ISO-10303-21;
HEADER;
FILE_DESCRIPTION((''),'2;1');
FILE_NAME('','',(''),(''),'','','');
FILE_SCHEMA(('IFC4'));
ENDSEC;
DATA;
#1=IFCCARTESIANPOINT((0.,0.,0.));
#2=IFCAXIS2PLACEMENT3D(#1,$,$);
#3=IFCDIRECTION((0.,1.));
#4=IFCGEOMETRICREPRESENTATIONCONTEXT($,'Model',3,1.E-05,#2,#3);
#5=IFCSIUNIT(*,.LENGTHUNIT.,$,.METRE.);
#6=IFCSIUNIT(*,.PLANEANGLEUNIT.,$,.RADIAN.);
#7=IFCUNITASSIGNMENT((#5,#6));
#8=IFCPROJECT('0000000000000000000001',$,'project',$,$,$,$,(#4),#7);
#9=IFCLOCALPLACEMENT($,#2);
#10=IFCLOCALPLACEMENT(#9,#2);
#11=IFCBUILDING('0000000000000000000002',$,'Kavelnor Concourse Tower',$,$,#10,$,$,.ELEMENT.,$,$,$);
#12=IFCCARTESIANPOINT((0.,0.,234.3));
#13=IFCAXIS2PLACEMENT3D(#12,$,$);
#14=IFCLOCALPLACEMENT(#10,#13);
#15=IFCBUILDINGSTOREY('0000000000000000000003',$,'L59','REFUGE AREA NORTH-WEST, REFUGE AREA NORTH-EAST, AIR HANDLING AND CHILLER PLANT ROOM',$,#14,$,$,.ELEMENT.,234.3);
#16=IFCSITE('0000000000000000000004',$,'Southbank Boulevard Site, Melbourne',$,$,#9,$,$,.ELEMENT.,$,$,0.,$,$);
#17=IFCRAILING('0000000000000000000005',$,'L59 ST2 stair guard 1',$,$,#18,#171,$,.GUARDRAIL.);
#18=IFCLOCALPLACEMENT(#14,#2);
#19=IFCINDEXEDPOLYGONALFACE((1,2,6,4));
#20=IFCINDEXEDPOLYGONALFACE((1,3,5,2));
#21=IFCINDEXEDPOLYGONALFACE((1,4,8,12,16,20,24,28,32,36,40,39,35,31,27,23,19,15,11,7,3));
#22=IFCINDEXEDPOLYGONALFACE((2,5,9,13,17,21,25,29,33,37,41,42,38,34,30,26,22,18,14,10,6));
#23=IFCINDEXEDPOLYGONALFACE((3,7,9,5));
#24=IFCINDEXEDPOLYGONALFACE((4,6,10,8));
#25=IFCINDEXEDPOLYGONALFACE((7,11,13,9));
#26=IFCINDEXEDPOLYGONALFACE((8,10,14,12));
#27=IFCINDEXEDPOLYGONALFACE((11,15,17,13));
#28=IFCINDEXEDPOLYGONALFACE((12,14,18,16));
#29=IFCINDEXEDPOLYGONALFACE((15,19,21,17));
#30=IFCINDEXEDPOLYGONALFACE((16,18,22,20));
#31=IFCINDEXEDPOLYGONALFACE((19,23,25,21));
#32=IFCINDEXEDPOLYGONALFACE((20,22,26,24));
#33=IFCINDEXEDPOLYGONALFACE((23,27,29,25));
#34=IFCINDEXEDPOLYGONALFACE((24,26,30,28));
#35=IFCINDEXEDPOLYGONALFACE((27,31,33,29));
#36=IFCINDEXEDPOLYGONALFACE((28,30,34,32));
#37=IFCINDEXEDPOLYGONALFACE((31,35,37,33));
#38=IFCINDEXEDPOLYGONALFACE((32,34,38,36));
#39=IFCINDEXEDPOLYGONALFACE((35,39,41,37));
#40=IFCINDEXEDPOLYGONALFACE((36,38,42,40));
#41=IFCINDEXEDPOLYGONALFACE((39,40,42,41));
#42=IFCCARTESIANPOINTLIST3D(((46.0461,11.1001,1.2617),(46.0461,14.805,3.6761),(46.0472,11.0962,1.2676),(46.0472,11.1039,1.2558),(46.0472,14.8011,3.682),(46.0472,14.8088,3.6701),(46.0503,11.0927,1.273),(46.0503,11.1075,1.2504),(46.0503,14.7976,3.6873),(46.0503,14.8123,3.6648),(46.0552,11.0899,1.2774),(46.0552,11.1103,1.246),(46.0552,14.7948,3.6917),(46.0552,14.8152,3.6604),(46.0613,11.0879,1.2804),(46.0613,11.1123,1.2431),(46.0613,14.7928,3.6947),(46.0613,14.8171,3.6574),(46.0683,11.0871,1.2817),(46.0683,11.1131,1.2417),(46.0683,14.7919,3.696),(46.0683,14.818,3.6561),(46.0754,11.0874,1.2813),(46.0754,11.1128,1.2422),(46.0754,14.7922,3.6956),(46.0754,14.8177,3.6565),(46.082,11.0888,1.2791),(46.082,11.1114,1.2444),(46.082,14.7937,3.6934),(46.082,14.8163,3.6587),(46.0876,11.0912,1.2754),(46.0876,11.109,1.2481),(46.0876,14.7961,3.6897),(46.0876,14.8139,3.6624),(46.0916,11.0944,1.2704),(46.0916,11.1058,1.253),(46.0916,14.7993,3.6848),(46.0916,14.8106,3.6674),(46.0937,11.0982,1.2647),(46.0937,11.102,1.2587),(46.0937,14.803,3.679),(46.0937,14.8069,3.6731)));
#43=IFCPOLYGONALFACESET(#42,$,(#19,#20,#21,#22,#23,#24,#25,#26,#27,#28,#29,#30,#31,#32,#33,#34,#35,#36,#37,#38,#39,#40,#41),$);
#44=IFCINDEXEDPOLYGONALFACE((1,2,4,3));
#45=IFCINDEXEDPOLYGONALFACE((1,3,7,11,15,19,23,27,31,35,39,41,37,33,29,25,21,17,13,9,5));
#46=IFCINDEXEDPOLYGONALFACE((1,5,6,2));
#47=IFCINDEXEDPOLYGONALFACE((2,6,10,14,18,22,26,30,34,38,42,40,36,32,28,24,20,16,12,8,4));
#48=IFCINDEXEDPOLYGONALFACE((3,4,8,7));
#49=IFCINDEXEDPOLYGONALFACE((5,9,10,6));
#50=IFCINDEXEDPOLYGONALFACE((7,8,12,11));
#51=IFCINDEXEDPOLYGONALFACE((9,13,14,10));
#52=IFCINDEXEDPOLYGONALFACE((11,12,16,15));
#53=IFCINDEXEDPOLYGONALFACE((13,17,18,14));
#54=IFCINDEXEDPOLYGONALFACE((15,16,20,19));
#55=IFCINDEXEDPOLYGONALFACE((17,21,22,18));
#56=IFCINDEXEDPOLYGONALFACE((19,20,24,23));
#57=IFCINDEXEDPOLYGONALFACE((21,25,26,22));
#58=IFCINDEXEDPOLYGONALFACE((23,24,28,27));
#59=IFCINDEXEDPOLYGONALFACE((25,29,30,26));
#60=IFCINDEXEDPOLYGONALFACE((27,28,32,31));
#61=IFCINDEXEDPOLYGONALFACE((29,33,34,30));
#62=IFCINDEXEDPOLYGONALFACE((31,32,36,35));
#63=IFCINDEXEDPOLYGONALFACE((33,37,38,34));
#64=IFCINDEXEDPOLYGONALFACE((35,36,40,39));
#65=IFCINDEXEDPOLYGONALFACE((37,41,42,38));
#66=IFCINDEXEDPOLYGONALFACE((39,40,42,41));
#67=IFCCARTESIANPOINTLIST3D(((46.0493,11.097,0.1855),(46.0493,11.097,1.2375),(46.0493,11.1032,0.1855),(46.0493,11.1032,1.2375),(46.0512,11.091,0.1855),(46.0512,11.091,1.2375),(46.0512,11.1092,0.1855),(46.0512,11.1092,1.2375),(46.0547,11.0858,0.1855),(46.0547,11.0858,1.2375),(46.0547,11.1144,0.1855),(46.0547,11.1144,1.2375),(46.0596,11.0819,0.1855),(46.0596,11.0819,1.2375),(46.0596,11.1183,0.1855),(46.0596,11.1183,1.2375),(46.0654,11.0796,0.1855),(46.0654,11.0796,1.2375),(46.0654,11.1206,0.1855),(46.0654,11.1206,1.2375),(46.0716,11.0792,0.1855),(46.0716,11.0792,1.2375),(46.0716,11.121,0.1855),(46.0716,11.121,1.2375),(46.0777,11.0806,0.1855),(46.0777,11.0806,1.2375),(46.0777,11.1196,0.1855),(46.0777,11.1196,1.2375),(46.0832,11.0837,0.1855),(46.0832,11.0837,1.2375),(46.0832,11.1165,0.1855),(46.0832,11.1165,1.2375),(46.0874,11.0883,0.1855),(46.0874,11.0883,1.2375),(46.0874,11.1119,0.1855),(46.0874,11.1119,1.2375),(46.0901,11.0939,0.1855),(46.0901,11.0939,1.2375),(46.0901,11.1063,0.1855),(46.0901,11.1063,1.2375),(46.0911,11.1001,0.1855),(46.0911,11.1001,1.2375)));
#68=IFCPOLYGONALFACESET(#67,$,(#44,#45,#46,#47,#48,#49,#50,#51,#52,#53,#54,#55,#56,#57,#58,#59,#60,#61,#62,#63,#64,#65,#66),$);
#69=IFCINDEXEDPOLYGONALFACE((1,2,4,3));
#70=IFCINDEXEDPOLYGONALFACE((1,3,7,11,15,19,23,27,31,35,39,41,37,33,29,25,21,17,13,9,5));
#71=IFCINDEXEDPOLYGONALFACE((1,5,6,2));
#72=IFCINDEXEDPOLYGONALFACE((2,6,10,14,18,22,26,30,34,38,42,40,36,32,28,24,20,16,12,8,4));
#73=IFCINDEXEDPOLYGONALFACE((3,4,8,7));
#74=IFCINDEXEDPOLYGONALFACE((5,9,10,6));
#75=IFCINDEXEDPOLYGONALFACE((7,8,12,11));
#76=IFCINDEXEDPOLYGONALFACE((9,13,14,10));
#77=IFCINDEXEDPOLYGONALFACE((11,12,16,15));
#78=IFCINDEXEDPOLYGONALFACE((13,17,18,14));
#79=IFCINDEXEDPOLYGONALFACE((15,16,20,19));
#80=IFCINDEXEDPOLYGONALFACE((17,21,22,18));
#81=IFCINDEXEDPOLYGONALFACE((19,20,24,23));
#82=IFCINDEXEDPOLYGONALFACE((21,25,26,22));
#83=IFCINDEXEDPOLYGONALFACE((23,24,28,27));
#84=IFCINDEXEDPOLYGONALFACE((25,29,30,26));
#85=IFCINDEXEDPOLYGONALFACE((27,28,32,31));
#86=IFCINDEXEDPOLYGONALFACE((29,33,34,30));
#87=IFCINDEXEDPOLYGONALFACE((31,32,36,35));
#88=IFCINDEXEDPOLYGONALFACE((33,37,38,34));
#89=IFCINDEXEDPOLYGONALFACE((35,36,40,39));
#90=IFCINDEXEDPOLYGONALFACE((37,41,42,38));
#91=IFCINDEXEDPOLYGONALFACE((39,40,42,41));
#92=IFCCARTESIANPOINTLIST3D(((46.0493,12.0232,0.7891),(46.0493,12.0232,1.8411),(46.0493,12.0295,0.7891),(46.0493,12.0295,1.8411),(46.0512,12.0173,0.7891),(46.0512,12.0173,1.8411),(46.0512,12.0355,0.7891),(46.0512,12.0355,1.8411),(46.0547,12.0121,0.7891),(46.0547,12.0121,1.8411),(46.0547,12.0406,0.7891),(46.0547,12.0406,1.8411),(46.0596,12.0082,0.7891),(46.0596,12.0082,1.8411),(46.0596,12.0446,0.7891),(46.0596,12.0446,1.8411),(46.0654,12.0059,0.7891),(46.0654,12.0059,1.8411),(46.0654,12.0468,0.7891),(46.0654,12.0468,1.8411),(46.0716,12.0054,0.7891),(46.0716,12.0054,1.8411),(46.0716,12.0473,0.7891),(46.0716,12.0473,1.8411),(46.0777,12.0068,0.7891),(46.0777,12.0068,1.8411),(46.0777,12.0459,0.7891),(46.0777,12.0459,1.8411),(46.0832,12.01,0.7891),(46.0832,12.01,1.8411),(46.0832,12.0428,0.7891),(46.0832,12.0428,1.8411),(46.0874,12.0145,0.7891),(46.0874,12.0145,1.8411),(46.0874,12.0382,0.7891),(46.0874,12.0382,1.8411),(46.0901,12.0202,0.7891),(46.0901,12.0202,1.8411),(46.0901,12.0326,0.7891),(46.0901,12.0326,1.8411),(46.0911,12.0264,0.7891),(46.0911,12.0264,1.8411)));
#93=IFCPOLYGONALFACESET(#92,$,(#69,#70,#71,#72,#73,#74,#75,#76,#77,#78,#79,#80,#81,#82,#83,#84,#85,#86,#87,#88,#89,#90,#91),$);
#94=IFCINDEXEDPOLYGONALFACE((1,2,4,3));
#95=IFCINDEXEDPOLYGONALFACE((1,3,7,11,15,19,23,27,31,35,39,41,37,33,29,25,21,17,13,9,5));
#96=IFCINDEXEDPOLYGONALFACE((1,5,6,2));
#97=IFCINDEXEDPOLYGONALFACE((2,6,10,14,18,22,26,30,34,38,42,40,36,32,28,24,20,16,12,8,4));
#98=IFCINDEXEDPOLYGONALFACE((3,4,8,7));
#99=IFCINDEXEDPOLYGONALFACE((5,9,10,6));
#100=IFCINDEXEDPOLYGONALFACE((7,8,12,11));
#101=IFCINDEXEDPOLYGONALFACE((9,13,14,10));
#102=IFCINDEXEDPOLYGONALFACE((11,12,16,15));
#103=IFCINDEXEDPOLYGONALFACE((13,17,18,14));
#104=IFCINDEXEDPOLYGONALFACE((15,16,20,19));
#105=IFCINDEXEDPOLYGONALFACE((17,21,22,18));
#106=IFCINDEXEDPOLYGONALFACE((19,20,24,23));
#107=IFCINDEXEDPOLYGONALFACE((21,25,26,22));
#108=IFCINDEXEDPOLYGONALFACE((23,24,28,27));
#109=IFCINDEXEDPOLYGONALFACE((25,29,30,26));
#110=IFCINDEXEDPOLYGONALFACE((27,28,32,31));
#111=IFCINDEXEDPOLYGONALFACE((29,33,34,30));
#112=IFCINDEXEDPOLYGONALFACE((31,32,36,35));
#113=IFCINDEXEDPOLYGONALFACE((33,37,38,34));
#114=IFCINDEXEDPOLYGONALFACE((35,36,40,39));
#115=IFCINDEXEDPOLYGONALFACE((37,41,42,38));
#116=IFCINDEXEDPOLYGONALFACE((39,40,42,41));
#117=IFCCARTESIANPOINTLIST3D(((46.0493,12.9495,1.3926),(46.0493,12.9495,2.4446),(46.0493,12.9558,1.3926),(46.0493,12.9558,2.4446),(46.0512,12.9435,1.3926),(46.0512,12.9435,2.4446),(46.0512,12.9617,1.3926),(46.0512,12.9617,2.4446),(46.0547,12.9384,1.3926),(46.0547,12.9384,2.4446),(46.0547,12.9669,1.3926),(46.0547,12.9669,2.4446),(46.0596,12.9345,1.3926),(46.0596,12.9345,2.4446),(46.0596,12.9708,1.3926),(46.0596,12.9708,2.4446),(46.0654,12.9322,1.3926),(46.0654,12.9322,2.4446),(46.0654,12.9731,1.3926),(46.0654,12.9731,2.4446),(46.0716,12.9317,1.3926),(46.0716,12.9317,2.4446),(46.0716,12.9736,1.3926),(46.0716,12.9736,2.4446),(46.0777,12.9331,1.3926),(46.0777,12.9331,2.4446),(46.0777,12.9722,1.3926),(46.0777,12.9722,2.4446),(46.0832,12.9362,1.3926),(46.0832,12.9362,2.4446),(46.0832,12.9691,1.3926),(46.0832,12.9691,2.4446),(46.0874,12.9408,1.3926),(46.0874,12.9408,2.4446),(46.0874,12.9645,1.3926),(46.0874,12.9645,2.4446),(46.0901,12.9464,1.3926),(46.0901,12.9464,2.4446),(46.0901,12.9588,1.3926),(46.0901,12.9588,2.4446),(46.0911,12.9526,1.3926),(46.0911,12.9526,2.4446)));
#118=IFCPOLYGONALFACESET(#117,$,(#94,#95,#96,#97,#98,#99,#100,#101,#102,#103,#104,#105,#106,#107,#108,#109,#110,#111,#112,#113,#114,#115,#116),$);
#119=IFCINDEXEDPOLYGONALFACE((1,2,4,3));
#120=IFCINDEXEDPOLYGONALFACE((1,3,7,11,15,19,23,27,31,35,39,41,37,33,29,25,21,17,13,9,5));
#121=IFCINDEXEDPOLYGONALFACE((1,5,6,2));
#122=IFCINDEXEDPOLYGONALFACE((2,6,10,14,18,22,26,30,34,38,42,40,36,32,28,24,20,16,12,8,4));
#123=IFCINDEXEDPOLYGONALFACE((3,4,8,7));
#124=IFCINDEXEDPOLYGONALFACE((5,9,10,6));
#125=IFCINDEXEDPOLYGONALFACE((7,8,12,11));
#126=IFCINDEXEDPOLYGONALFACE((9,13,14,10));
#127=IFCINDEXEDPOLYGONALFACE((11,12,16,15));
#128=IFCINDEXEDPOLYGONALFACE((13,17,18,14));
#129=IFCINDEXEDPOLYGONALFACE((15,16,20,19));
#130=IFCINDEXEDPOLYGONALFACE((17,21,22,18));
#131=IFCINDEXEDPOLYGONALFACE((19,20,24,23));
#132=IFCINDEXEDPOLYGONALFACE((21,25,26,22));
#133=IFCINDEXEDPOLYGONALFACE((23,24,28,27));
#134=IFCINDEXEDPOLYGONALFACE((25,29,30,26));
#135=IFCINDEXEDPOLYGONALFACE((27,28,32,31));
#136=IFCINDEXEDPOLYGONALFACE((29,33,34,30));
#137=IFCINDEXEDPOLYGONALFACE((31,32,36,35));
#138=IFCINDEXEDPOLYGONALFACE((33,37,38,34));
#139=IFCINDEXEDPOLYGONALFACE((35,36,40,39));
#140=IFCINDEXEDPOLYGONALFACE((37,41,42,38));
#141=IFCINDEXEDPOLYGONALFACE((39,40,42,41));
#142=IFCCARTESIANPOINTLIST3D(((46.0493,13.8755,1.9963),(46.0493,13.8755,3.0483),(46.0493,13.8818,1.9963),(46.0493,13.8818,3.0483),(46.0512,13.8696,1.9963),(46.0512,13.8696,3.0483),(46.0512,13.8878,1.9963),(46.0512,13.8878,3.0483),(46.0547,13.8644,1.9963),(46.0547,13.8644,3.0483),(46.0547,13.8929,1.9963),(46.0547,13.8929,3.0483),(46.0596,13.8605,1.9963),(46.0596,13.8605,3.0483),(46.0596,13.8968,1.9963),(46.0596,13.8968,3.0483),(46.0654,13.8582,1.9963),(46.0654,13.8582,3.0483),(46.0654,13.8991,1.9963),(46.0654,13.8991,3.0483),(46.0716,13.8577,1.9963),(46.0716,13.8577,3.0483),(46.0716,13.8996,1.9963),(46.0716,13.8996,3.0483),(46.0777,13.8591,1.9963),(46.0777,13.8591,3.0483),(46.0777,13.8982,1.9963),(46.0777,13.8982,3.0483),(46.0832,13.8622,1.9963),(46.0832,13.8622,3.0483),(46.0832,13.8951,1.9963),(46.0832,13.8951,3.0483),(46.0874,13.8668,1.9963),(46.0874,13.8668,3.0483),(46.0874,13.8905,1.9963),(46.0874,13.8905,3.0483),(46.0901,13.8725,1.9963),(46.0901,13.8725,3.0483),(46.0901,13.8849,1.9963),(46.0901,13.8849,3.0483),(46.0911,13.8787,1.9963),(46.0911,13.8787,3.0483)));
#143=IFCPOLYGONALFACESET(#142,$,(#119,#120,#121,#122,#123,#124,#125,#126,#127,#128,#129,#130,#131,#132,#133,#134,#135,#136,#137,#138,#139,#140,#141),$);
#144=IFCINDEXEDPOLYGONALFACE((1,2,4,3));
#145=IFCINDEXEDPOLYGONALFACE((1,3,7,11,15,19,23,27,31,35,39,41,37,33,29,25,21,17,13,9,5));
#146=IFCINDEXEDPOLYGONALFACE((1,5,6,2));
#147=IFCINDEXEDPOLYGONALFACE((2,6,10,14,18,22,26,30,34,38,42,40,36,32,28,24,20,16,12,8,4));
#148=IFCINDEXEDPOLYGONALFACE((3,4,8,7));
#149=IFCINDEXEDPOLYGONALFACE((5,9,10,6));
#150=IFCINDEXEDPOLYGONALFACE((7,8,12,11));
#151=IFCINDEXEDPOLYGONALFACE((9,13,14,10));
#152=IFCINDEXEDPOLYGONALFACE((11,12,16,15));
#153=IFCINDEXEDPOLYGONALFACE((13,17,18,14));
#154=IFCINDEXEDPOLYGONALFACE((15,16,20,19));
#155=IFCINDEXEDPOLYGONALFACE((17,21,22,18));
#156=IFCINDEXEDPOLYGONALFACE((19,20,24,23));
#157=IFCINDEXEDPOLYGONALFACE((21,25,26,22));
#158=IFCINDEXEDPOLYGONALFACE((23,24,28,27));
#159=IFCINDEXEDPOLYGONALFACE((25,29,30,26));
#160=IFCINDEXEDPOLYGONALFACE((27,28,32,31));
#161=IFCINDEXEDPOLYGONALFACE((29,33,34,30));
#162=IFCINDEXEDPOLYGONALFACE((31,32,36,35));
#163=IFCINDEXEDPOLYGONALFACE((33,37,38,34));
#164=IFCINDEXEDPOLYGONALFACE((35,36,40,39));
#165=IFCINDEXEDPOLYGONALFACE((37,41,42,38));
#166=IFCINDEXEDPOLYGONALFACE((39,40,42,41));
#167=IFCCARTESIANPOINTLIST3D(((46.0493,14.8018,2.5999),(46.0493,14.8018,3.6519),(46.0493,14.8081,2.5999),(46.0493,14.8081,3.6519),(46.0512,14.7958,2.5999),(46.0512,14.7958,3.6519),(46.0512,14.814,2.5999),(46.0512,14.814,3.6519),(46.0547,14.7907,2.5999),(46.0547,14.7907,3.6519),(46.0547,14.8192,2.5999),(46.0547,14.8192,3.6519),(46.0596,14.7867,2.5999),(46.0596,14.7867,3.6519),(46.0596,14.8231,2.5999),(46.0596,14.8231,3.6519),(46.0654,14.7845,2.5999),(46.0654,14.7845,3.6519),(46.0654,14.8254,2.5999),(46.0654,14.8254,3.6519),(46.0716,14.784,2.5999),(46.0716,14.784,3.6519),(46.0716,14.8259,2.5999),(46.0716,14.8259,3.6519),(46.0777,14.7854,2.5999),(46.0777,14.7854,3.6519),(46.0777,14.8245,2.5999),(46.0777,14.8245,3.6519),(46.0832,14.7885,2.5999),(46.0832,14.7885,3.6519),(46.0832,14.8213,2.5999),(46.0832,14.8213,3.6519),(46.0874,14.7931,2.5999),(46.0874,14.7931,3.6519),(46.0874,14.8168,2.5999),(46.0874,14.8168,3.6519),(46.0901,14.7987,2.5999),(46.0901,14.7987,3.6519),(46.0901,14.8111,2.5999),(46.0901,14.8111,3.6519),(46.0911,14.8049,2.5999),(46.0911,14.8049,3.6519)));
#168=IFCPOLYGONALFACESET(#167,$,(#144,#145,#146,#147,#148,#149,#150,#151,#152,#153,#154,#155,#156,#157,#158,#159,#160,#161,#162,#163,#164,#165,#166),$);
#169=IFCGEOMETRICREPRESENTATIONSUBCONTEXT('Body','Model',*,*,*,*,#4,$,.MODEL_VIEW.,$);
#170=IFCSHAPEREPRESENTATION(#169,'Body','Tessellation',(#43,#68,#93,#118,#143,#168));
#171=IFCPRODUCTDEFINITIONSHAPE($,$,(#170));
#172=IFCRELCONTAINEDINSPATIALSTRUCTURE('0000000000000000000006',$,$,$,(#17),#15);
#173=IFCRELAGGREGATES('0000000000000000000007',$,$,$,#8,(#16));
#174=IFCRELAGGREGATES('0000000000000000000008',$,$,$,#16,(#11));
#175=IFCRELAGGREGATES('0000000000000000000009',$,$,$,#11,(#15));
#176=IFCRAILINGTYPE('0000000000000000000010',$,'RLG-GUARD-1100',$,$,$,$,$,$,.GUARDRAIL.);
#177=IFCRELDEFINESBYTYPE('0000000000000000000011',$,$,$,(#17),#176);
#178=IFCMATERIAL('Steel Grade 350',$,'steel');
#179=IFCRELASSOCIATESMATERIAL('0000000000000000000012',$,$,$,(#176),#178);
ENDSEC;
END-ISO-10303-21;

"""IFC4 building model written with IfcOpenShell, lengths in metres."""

from ifc_helpers import new_model, si_unit, direction, frame, origin, origin_2d, place, context, subcontext, project, spatial, circle, extrude, material, type_object, element, save


model = new_model("IFC4")

# Units and contexts
model_context = context("Model", 3, precision=1e-05, world=origin(), true_north=direction((0.0, 1.0)))
body_context = subcontext(model_context, "Body", "Model", "MODEL_VIEW")
ifc_project = project(units=[si_unit("LENGTHUNIT", "METRE"), si_unit("PLANEANGLEUNIT", "RADIAN")], contexts=[model_context])

# Site, building, storey
site_placement = place(None, origin())
site = spatial("IfcSite", under=ifc_project, at=site_placement, Name="Southbank Boulevard Site, Melbourne", CompositionType="ELEMENT", RefElevation=0.0)
building_placement = place(site_placement, origin())
building = spatial("IfcBuilding", under=site, at=building_placement, Name="Kavelnor Concourse Tower", CompositionType="ELEMENT")
storey_placement = place(building_placement, frame((0.0, 0.0, 234.3)))
storey = spatial("IfcBuildingStorey", under=building, at=storey_placement, Name="L59", Description="REFUGE AREA NORTH-WEST, REFUGE AREA NORTH-EAST, AIR HANDLING AND CHILLER PLANT ROOM", CompositionType="ELEMENT", Elevation=234.3)

# Shared definitions
ifc_material_1 = material(Name="Steel Grade 350", Category="steel")

# Railing
railing_type_1 = type_object("IfcRailingType", Name="RLG-GUARD-1100", PredefinedType="GUARDRAIL", material=ifc_material_1)
railing_1_placement = place(storey_placement, frame((46.0701, 11.1001, 0.1855)))
element("IfcRailing", 1, at=railing_1_placement, inside=storey, type_object=railing_type_1, Name="L59 ST2 stair guard 1", PredefinedType="GUARDRAIL", context=body_context, shape_type="SweptSolid", body=[
    extrude(circle(Radius=0.0239, at=origin_2d()), frame((0.0, 0.0, 1.0762), z_axis=(0.0, 0.837806, 0.545968), x_axis=(-1.0, 0.0, 0.0)), (0.0, 0.0, 1.0), 4.4221),
    extrude(circle(Radius=0.021, at=origin_2d()), origin(), (0.0, 0.0, 1.0), 1.052),
    extrude(circle(Radius=0.021, at=origin_2d()), frame((0.0, 0.9263, 0.6035)), (0.0, 0.0, 1.0), 1.052),
    extrude(circle(Radius=0.021, at=origin_2d()), frame((0.0, 1.8525, 1.207)), (0.0, 0.0, 1.0), 1.052),
    extrude(circle(Radius=0.021, at=origin_2d()), frame((0.0, 2.7786, 1.8108)), (0.0, 0.0, 1.0), 1.052),
    extrude(circle(Radius=0.021, at=origin_2d()), frame((0.0, 3.7048, 2.4143)), (0.0, 0.0, 1.0), 1.052),
])

save(model, "model.ifc")
